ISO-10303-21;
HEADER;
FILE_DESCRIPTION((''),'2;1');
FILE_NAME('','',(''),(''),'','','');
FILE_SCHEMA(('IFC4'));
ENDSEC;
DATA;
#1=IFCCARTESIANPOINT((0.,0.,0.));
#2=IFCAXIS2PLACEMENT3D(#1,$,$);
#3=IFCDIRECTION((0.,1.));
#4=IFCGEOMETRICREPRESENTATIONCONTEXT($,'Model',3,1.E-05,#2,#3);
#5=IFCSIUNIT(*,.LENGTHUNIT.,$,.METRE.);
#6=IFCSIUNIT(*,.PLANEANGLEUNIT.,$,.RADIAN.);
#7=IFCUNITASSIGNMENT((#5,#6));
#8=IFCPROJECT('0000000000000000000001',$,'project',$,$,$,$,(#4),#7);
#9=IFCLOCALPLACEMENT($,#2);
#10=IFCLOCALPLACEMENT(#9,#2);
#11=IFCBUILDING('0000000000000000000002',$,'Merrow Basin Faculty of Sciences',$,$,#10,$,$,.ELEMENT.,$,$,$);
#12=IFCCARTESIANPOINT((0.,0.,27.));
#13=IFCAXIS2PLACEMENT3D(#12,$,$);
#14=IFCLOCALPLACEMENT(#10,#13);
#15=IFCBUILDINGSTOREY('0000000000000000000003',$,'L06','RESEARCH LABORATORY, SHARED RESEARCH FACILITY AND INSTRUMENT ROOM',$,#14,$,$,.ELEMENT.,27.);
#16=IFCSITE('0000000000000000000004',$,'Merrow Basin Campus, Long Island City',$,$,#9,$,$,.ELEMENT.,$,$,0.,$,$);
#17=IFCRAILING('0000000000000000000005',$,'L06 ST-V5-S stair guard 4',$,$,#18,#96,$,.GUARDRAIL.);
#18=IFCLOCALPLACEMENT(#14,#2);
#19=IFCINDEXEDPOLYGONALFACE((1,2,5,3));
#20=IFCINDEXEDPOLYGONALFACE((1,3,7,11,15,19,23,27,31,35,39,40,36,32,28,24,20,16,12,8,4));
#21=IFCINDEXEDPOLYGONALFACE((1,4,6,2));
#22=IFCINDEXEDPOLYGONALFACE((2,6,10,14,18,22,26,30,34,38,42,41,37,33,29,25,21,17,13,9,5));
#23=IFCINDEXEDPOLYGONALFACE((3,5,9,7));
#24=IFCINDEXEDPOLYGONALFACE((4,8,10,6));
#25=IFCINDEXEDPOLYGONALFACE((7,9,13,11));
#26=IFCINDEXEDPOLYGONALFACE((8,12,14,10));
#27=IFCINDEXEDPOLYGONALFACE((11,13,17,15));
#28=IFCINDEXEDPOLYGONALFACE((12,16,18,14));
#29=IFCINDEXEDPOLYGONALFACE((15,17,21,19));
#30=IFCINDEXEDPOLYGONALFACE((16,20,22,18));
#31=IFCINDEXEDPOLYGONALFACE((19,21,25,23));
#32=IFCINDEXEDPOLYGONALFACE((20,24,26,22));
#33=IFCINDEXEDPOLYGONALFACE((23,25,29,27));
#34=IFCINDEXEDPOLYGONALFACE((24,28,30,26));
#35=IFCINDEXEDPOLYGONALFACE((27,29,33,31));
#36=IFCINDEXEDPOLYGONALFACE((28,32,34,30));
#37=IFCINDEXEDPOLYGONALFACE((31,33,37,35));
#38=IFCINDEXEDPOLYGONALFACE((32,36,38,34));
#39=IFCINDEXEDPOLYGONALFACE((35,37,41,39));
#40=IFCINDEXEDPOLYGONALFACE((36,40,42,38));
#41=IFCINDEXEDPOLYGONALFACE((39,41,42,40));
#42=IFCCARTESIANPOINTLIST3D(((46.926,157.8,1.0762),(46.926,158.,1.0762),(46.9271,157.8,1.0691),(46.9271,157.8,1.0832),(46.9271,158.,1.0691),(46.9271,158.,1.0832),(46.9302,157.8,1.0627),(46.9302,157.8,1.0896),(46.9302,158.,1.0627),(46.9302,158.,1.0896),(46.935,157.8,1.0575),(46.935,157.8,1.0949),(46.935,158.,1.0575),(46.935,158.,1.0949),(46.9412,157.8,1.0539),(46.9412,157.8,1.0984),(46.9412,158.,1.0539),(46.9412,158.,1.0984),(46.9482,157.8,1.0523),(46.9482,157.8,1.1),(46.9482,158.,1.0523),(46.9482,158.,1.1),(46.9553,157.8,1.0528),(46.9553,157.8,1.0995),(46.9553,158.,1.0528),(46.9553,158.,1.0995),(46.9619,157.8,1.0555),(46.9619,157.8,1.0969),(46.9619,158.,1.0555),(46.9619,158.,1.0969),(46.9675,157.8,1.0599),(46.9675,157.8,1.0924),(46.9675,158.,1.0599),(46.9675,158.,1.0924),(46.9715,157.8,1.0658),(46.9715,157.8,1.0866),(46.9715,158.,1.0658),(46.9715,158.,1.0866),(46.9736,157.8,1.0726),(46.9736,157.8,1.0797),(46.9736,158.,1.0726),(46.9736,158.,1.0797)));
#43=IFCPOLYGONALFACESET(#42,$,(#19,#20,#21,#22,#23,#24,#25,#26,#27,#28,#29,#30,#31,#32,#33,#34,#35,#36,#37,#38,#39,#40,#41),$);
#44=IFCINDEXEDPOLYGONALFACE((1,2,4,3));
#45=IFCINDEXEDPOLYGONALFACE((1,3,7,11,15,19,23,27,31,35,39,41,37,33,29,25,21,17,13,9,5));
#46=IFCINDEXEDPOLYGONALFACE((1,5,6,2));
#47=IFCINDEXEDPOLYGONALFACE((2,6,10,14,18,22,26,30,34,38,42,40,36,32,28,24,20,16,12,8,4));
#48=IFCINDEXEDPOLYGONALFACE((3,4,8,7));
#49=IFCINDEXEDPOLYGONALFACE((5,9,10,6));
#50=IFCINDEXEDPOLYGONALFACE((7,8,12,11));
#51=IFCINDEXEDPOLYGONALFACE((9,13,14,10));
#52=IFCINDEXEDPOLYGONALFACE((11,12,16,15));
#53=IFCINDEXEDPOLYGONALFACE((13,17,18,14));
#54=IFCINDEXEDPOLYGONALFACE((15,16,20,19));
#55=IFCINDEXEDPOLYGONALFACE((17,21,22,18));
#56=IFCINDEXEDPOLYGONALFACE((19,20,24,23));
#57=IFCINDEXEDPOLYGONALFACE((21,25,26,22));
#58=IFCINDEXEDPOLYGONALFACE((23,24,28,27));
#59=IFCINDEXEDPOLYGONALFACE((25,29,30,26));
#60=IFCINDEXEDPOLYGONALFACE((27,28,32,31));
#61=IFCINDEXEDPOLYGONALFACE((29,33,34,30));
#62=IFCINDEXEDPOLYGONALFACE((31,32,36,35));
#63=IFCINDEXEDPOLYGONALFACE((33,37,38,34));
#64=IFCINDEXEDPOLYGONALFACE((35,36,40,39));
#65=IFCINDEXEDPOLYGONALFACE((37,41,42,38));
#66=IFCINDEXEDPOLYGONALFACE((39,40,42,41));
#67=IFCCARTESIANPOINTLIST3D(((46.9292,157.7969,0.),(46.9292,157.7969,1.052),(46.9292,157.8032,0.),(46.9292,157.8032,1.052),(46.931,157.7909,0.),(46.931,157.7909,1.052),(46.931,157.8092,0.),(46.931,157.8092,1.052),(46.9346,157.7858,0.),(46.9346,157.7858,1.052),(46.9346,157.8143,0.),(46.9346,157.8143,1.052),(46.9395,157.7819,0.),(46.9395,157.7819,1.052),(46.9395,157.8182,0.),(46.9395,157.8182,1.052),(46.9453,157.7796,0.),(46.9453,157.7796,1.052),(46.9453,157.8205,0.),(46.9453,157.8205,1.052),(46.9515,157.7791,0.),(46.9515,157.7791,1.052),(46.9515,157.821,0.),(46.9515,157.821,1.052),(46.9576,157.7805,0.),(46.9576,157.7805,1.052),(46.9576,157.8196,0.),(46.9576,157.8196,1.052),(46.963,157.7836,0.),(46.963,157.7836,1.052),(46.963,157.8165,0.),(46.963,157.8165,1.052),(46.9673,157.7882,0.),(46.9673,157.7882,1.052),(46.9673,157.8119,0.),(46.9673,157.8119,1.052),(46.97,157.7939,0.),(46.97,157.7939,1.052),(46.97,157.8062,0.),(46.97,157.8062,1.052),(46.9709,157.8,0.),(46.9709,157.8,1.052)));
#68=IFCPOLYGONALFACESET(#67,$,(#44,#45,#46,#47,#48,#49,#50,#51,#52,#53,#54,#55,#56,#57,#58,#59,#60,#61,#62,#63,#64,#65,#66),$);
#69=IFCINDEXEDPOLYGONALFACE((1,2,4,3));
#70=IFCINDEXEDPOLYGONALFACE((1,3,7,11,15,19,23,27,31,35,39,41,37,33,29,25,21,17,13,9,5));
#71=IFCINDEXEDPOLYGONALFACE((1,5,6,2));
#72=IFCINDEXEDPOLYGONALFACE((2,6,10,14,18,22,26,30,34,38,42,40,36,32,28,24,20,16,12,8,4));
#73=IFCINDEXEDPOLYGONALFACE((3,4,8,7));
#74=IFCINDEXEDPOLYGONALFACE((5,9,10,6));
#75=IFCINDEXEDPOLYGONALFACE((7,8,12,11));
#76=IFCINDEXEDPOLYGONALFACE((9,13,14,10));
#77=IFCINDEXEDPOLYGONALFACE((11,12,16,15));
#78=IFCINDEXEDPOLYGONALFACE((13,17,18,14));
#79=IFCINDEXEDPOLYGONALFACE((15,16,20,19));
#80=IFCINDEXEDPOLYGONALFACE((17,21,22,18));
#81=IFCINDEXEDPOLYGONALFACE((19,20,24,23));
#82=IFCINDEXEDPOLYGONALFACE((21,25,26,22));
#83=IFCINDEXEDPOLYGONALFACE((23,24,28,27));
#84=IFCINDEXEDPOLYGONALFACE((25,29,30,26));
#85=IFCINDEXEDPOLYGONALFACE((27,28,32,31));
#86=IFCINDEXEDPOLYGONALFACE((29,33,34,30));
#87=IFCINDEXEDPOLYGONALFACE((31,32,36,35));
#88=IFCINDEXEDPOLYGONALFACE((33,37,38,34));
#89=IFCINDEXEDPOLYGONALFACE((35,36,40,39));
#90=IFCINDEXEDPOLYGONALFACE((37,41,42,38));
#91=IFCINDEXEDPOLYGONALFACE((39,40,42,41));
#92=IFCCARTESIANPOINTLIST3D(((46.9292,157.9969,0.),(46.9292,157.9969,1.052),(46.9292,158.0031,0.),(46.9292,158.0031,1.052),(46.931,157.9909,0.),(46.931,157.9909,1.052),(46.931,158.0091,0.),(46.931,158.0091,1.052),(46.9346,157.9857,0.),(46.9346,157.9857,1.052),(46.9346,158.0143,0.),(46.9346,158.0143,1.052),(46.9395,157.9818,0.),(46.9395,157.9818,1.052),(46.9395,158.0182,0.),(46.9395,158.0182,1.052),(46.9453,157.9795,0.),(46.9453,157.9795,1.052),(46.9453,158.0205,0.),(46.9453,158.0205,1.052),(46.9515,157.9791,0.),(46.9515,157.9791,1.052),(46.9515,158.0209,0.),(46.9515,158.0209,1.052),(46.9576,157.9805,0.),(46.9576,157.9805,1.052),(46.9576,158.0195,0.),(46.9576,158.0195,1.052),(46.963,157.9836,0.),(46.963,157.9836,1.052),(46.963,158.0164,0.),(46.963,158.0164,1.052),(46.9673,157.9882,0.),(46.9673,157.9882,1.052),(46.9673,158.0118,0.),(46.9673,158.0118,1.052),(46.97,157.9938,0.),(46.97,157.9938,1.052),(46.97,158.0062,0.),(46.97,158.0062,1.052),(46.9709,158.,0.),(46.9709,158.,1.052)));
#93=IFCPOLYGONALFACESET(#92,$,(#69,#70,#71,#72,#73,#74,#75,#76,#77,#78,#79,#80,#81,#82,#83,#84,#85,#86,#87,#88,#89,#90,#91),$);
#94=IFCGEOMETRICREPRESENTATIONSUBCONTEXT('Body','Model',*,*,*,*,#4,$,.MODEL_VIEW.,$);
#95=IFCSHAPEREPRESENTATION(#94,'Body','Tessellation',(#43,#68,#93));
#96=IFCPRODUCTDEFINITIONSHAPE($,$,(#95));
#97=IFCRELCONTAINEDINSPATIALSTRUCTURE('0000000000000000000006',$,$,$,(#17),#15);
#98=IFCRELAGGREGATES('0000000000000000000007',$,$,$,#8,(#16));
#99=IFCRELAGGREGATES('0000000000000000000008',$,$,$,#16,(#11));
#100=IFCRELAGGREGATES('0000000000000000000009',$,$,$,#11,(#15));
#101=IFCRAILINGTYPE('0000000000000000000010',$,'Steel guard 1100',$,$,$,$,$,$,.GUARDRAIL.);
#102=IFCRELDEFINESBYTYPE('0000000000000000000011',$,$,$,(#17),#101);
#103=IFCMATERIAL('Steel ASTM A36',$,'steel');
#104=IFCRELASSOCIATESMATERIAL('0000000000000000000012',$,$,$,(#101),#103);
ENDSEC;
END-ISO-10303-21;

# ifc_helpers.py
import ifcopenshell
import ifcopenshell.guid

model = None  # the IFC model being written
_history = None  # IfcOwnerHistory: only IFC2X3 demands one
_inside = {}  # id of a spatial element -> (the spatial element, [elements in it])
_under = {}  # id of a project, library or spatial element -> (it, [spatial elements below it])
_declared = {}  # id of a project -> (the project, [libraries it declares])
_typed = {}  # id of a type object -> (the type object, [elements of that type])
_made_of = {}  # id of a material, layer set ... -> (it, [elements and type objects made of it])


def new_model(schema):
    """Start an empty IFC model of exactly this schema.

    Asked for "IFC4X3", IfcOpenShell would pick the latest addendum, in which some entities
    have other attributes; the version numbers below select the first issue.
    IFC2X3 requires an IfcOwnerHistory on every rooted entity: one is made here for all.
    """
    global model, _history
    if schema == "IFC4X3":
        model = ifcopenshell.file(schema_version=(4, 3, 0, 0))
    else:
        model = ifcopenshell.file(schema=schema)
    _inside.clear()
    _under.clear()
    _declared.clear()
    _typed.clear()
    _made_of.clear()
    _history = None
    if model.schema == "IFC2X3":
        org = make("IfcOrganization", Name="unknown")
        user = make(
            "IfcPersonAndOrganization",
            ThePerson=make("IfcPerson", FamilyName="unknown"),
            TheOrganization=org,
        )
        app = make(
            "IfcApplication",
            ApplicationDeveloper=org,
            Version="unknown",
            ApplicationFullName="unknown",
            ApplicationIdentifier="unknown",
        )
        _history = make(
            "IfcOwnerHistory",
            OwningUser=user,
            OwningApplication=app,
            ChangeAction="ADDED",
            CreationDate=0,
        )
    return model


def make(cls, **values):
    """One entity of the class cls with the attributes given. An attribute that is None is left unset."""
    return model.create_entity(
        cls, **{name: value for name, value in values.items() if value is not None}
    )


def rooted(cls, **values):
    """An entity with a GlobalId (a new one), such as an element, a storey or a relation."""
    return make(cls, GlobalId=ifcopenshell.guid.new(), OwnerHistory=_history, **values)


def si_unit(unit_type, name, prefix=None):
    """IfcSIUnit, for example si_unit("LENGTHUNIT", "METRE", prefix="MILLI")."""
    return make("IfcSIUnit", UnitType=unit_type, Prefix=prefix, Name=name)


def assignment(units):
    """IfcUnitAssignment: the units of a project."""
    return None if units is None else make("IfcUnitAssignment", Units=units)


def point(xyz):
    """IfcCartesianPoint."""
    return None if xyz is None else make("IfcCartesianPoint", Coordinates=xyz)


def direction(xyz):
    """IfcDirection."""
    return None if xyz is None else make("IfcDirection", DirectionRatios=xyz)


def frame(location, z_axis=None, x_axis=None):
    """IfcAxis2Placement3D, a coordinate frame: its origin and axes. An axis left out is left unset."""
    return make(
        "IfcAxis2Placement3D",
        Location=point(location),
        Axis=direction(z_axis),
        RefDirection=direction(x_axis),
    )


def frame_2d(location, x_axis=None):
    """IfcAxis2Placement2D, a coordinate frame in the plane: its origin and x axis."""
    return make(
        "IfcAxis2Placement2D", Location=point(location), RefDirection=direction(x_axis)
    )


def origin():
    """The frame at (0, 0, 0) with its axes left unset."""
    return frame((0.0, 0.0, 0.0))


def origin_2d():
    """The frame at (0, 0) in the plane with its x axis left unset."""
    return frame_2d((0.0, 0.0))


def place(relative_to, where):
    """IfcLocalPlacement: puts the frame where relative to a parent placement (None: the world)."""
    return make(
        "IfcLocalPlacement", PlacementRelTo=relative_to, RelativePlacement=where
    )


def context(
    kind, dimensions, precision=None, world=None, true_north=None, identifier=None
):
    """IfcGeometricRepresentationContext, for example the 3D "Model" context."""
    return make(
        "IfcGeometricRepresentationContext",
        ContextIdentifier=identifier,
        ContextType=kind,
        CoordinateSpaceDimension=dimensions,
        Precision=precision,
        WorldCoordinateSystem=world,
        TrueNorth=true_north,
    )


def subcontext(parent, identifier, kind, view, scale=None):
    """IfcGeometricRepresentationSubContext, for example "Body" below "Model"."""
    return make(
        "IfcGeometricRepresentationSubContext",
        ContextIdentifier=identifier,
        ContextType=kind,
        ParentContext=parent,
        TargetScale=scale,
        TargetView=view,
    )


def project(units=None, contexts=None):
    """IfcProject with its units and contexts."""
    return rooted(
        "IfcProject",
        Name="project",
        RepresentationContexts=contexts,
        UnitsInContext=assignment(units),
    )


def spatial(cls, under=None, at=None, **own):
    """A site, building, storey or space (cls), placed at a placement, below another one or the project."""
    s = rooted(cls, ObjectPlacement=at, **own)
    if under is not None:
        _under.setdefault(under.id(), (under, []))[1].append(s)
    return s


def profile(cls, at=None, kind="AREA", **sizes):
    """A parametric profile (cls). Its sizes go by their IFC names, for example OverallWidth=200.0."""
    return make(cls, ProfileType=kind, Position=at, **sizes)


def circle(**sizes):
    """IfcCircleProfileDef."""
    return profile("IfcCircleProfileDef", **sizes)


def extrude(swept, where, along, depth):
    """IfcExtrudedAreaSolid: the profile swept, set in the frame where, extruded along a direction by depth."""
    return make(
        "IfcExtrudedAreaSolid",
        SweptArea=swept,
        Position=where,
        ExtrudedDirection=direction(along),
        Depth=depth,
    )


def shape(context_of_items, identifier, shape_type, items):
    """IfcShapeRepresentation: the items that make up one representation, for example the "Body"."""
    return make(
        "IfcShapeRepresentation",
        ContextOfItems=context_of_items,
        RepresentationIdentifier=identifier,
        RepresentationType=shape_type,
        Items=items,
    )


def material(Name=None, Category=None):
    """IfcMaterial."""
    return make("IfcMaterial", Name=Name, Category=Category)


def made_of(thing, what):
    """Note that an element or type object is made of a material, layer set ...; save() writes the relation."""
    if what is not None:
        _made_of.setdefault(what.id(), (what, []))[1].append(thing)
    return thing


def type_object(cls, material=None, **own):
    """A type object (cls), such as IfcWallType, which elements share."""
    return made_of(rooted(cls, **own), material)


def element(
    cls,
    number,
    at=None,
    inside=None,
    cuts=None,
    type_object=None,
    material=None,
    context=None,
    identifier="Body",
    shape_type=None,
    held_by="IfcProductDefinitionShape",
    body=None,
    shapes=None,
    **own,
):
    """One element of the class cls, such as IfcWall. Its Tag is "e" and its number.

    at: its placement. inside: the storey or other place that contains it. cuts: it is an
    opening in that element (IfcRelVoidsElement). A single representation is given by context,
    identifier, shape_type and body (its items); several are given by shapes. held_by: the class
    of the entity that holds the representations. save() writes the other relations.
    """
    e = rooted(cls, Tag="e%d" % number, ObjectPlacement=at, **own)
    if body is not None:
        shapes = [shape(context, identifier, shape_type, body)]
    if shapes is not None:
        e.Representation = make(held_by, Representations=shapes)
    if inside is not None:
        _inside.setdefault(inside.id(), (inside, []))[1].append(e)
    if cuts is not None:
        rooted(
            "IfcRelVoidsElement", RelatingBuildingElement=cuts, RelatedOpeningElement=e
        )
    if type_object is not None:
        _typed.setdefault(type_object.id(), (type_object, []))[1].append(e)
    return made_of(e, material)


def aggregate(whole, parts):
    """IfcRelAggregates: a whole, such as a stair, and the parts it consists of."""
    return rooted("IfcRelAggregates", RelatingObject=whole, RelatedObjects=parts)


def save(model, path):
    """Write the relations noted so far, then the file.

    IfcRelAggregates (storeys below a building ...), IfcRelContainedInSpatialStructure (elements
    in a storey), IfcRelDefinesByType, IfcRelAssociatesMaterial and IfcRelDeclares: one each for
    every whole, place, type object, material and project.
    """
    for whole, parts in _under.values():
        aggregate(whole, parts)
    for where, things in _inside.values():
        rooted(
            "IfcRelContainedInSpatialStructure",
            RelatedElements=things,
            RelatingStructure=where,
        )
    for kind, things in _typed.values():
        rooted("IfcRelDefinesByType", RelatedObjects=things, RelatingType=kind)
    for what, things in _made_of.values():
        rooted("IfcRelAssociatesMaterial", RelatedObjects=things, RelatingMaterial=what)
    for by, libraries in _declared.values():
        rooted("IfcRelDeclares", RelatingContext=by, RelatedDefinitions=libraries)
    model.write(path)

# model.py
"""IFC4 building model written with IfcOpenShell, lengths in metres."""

from ifc_helpers import new_model, si_unit, direction, frame, origin, origin_2d, place, context, subcontext, project, spatial, circle, extrude, material, type_object, element, save


model = new_model("IFC4")

# Units and contexts
model_context = context("Model", 3, precision=1e-05, world=origin(), true_north=direction((0.0, 1.0)))
body_context = subcontext(model_context, "Body", "Model", "MODEL_VIEW")
ifc_project = project(units=[si_unit("LENGTHUNIT", "METRE"), si_unit("PLANEANGLEUNIT", "RADIAN")], contexts=[model_context])

# Site, building, storey
site_placement = place(None, origin())
site = spatial("IfcSite", under=ifc_project, at=site_placement, Name="Merrow Basin Campus, Long Island City", CompositionType="ELEMENT", RefElevation=0.0)
building_placement = place(site_placement, origin())
building = spatial("IfcBuilding", under=site, at=building_placement, Name="Merrow Basin Faculty of Sciences", CompositionType="ELEMENT")
storey_placement = place(building_placement, frame((0.0, 0.0, 27.0)))
storey = spatial("IfcBuildingStorey", under=building, at=storey_placement, Name="L06", Description="RESEARCH LABORATORY, SHARED RESEARCH FACILITY AND INSTRUMENT ROOM", CompositionType="ELEMENT", Elevation=27.0)

# Railing
ifc_material_1 = material(Name="Steel ASTM A36", Category="steel")
railing_type_1 = type_object("IfcRailingType", Name="Steel guard 1100", PredefinedType="GUARDRAIL", material=ifc_material_1)
railing_1_placement = place(storey_placement, frame((46.95, 157.8, 0.0)))
element("IfcRailing", 1, at=railing_1_placement, inside=storey, type_object=railing_type_1, Name="L06 ST-V5-S stair guard 4", PredefinedType="GUARDRAIL", context=body_context, shape_type="SweptSolid", body=[
    extrude(circle(Radius=0.0239, at=origin_2d()), frame((0.0, 0.0, 1.0762), z_axis=(0.0, 1.0, 0.0), x_axis=(-1.0, 0.0, 0.0)), (0.0, 0.0, 1.0), 0.2),
    extrude(circle(Radius=0.021, at=origin_2d()), origin(), (0.0, 0.0, 1.0), 1.052),
    extrude(circle(Radius=0.021, at=origin_2d()), frame((0.0, 0.2, 0.0)), (0.0, 0.0, 1.0), 1.052),
])

save(model, "model.ifc")
